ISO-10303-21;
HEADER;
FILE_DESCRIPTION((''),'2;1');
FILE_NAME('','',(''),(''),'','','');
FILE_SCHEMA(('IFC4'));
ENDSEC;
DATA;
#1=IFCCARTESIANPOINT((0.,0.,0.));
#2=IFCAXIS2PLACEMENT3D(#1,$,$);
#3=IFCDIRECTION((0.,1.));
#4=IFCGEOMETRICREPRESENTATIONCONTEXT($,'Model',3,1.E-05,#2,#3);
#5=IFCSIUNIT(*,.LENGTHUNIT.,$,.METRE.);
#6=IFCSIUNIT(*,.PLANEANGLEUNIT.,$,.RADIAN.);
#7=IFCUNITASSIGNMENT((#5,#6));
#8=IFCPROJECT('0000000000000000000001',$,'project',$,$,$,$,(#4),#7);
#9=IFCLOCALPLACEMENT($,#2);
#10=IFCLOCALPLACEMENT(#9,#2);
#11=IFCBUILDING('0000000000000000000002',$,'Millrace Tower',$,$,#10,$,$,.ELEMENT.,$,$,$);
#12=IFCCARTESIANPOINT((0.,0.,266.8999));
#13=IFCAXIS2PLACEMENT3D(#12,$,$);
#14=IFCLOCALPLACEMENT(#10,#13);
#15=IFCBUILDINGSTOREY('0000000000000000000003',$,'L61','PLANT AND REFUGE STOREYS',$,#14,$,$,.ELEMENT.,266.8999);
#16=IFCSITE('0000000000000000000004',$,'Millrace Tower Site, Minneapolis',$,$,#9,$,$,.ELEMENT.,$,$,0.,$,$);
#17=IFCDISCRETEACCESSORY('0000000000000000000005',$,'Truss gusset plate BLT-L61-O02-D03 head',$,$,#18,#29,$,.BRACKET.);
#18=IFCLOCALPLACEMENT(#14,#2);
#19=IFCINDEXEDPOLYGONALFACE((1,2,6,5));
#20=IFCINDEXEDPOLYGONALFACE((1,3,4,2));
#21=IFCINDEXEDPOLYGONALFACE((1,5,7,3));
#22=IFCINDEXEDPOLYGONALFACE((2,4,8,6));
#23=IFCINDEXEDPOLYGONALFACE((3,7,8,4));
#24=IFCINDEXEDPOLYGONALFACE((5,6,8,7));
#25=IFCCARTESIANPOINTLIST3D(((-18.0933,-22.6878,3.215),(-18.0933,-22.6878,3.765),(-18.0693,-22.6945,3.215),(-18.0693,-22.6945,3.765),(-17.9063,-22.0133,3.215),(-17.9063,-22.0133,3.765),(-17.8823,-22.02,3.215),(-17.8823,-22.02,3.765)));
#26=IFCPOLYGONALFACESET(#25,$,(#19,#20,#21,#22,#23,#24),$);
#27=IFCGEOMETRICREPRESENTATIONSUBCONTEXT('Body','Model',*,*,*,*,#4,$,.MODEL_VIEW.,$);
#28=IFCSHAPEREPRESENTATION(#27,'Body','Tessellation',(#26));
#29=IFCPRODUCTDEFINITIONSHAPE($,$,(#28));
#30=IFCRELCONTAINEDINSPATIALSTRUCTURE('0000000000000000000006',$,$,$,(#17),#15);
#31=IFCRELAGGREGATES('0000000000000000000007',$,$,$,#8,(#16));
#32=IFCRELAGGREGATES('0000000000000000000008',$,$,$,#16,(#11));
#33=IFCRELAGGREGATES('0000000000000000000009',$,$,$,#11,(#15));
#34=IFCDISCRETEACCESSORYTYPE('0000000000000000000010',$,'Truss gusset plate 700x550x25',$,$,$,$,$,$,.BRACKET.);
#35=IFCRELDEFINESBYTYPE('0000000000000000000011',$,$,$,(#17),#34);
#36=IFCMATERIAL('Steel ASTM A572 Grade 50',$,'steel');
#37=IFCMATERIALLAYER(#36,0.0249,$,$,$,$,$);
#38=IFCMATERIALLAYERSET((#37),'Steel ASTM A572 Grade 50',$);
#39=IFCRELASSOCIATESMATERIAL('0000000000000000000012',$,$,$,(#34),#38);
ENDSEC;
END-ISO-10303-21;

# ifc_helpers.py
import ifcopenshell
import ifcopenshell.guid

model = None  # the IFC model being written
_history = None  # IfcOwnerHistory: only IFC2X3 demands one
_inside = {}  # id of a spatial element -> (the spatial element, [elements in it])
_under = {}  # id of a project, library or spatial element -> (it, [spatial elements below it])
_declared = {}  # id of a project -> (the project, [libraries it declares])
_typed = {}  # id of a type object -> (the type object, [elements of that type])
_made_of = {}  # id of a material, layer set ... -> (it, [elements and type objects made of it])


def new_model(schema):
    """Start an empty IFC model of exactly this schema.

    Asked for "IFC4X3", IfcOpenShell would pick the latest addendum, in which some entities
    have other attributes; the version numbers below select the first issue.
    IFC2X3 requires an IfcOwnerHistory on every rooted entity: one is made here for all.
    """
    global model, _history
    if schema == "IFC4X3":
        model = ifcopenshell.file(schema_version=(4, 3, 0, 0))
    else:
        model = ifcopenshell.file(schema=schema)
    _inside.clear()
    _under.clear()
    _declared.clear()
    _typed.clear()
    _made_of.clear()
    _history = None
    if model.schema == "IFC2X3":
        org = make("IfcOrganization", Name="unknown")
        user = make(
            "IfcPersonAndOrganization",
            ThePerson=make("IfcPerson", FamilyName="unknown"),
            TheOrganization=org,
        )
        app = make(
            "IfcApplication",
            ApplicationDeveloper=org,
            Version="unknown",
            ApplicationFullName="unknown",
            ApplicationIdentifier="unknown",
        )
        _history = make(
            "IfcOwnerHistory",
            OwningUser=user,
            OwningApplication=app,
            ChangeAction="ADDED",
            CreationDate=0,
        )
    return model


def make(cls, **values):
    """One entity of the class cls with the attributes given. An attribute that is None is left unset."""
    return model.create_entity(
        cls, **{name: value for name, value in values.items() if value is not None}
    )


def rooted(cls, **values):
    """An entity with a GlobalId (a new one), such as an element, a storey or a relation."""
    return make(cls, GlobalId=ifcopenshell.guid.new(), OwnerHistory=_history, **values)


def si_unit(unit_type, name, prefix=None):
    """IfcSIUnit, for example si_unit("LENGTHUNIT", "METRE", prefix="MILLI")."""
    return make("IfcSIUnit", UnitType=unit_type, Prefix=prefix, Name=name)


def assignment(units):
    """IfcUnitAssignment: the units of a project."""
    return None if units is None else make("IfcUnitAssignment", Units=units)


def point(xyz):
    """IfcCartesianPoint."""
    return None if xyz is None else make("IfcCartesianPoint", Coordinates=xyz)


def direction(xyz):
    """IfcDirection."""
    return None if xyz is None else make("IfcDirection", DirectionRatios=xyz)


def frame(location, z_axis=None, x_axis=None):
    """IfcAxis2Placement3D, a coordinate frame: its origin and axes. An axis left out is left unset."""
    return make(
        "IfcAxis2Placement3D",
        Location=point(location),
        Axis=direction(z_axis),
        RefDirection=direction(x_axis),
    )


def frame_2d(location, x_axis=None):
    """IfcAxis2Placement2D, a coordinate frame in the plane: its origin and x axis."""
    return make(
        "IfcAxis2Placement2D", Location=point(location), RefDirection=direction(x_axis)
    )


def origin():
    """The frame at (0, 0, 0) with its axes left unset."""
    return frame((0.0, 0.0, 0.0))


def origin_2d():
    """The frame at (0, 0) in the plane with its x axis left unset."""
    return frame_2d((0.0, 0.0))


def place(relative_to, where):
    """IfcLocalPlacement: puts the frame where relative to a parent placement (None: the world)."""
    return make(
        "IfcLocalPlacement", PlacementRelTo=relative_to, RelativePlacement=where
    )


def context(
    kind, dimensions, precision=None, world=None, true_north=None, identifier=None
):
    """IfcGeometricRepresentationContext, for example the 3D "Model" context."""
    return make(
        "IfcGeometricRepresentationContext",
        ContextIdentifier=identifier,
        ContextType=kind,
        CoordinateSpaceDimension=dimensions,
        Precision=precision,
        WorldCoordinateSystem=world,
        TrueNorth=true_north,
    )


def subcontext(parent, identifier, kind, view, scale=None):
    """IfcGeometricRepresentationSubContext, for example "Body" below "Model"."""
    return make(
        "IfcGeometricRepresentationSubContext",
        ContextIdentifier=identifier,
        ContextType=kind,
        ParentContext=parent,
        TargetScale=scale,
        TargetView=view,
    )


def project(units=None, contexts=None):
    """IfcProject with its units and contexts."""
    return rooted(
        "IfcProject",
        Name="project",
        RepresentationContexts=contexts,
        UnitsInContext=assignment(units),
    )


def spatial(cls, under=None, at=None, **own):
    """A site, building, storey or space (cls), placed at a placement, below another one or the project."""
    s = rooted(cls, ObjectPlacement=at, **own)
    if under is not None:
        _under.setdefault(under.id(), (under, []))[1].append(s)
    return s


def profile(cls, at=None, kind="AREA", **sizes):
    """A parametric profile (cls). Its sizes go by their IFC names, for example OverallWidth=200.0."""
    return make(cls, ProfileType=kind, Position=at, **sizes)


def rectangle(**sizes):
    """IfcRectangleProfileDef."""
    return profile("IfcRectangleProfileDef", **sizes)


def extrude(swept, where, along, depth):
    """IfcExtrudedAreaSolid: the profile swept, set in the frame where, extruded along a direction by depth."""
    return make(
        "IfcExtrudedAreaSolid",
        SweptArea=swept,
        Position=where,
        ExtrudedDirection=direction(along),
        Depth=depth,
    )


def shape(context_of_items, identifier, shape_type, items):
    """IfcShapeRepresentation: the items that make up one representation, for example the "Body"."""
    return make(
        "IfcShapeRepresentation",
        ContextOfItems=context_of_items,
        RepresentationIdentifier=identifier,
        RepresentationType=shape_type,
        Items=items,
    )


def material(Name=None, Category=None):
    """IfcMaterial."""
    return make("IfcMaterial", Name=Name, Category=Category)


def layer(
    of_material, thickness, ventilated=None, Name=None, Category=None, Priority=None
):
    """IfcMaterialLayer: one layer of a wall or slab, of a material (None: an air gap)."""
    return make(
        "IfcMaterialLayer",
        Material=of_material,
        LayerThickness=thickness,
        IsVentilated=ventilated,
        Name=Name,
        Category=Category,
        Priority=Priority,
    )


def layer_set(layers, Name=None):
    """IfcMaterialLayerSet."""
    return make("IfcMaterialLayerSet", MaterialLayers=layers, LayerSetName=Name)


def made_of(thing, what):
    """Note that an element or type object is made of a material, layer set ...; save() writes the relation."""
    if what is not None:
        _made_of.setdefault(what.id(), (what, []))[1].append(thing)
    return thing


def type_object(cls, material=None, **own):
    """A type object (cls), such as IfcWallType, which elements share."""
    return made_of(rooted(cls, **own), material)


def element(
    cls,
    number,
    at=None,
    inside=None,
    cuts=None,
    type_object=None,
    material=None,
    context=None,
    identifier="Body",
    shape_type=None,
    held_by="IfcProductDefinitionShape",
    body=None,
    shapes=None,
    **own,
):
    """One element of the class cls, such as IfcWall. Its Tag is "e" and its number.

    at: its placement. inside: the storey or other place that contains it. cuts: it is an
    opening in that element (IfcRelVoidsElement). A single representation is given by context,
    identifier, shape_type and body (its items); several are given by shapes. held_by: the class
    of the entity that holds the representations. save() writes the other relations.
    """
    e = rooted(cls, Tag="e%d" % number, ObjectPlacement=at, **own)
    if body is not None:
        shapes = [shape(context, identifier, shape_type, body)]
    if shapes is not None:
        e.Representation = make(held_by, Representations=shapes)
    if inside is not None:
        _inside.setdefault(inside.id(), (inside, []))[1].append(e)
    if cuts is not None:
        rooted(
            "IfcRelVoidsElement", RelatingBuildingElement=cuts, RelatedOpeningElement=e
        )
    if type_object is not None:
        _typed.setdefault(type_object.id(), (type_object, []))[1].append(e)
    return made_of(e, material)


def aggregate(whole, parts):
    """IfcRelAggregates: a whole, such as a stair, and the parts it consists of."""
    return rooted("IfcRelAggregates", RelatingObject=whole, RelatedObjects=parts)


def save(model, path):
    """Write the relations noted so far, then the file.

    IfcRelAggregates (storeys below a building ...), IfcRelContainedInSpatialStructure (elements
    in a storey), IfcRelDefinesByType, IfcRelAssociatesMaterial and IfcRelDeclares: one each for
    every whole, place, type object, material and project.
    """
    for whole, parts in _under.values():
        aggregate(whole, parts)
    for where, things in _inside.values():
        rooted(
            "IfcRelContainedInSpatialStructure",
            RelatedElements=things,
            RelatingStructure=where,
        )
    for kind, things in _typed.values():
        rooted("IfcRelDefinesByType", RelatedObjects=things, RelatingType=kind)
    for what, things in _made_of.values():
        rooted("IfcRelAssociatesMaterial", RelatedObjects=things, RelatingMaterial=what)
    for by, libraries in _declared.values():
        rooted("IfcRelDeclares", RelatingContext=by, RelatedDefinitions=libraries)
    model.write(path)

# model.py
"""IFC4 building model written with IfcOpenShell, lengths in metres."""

from ifc_helpers import new_model, si_unit, direction, frame, origin, origin_2d, place, context, subcontext, project, spatial, rectangle, extrude, material, layer, layer_set, type_object, element, save


model = new_model("IFC4")

# Units and contexts
model_context = context("Model", 3, precision=1e-05, world=origin(), true_north=direction((0.0, 1.0)))
body_context = subcontext(model_context, "Body", "Model", "MODEL_VIEW")
ifc_project = project(units=[si_unit("LENGTHUNIT", "METRE"), si_unit("PLANEANGLEUNIT", "RADIAN")], contexts=[model_context])

# Site, building, storey
site_placement = place(None, origin())
site = spatial("IfcSite", under=ifc_project, at=site_placement, Name="Millrace Tower Site, Minneapolis", CompositionType="ELEMENT", RefElevation=0.0)
building_placement = place(site_placement, origin())
building = spatial("IfcBuilding", under=site, at=building_placement, Name="Millrace Tower", CompositionType="ELEMENT")
storey_placement = place(building_placement, frame((0.0, 0.0, 266.8999)))
storey = spatial("IfcBuildingStorey", under=building, at=storey_placement, Name="L61", Description="PLANT AND REFUGE STOREYS", CompositionType="ELEMENT", Elevation=266.8999)

# Discrete accessory
ifc_material_1 = material(Name="Steel ASTM A572 Grade 50", Category="steel")
ifc_layer_1 = layer(ifc_material_1, 0.0249)
ifc_layer_set_1 = layer_set([ifc_layer_1], Name="Steel ASTM A572 Grade 50")
discrete_accessory_type_1 = type_object("IfcDiscreteAccessoryType", Name="Truss gusset plate 700x550x25", PredefinedType="BRACKET", material=ifc_layer_set_1)
discrete_accessory_1_placement = place(storey_placement, frame((-18.0813, -22.6912, 3.49), z_axis=(0.267158, 0.963653, 0.0), x_axis=(-0.963653, 0.267158, 0.0)))
element("IfcDiscreteAccessory", 1, at=discrete_accessory_1_placement, inside=storey, type_object=discrete_accessory_type_1, Name="Truss gusset plate BLT-L61-O02-D03 head", PredefinedType="BRACKET", context=body_context, shape_type="SweptSolid", body=[
    extrude(rectangle(XDim=0.0249, YDim=0.55, at=origin_2d()), origin(), (0.0, 0.0, 1.0), 0.7),
])

save(model, "model.ifc")
